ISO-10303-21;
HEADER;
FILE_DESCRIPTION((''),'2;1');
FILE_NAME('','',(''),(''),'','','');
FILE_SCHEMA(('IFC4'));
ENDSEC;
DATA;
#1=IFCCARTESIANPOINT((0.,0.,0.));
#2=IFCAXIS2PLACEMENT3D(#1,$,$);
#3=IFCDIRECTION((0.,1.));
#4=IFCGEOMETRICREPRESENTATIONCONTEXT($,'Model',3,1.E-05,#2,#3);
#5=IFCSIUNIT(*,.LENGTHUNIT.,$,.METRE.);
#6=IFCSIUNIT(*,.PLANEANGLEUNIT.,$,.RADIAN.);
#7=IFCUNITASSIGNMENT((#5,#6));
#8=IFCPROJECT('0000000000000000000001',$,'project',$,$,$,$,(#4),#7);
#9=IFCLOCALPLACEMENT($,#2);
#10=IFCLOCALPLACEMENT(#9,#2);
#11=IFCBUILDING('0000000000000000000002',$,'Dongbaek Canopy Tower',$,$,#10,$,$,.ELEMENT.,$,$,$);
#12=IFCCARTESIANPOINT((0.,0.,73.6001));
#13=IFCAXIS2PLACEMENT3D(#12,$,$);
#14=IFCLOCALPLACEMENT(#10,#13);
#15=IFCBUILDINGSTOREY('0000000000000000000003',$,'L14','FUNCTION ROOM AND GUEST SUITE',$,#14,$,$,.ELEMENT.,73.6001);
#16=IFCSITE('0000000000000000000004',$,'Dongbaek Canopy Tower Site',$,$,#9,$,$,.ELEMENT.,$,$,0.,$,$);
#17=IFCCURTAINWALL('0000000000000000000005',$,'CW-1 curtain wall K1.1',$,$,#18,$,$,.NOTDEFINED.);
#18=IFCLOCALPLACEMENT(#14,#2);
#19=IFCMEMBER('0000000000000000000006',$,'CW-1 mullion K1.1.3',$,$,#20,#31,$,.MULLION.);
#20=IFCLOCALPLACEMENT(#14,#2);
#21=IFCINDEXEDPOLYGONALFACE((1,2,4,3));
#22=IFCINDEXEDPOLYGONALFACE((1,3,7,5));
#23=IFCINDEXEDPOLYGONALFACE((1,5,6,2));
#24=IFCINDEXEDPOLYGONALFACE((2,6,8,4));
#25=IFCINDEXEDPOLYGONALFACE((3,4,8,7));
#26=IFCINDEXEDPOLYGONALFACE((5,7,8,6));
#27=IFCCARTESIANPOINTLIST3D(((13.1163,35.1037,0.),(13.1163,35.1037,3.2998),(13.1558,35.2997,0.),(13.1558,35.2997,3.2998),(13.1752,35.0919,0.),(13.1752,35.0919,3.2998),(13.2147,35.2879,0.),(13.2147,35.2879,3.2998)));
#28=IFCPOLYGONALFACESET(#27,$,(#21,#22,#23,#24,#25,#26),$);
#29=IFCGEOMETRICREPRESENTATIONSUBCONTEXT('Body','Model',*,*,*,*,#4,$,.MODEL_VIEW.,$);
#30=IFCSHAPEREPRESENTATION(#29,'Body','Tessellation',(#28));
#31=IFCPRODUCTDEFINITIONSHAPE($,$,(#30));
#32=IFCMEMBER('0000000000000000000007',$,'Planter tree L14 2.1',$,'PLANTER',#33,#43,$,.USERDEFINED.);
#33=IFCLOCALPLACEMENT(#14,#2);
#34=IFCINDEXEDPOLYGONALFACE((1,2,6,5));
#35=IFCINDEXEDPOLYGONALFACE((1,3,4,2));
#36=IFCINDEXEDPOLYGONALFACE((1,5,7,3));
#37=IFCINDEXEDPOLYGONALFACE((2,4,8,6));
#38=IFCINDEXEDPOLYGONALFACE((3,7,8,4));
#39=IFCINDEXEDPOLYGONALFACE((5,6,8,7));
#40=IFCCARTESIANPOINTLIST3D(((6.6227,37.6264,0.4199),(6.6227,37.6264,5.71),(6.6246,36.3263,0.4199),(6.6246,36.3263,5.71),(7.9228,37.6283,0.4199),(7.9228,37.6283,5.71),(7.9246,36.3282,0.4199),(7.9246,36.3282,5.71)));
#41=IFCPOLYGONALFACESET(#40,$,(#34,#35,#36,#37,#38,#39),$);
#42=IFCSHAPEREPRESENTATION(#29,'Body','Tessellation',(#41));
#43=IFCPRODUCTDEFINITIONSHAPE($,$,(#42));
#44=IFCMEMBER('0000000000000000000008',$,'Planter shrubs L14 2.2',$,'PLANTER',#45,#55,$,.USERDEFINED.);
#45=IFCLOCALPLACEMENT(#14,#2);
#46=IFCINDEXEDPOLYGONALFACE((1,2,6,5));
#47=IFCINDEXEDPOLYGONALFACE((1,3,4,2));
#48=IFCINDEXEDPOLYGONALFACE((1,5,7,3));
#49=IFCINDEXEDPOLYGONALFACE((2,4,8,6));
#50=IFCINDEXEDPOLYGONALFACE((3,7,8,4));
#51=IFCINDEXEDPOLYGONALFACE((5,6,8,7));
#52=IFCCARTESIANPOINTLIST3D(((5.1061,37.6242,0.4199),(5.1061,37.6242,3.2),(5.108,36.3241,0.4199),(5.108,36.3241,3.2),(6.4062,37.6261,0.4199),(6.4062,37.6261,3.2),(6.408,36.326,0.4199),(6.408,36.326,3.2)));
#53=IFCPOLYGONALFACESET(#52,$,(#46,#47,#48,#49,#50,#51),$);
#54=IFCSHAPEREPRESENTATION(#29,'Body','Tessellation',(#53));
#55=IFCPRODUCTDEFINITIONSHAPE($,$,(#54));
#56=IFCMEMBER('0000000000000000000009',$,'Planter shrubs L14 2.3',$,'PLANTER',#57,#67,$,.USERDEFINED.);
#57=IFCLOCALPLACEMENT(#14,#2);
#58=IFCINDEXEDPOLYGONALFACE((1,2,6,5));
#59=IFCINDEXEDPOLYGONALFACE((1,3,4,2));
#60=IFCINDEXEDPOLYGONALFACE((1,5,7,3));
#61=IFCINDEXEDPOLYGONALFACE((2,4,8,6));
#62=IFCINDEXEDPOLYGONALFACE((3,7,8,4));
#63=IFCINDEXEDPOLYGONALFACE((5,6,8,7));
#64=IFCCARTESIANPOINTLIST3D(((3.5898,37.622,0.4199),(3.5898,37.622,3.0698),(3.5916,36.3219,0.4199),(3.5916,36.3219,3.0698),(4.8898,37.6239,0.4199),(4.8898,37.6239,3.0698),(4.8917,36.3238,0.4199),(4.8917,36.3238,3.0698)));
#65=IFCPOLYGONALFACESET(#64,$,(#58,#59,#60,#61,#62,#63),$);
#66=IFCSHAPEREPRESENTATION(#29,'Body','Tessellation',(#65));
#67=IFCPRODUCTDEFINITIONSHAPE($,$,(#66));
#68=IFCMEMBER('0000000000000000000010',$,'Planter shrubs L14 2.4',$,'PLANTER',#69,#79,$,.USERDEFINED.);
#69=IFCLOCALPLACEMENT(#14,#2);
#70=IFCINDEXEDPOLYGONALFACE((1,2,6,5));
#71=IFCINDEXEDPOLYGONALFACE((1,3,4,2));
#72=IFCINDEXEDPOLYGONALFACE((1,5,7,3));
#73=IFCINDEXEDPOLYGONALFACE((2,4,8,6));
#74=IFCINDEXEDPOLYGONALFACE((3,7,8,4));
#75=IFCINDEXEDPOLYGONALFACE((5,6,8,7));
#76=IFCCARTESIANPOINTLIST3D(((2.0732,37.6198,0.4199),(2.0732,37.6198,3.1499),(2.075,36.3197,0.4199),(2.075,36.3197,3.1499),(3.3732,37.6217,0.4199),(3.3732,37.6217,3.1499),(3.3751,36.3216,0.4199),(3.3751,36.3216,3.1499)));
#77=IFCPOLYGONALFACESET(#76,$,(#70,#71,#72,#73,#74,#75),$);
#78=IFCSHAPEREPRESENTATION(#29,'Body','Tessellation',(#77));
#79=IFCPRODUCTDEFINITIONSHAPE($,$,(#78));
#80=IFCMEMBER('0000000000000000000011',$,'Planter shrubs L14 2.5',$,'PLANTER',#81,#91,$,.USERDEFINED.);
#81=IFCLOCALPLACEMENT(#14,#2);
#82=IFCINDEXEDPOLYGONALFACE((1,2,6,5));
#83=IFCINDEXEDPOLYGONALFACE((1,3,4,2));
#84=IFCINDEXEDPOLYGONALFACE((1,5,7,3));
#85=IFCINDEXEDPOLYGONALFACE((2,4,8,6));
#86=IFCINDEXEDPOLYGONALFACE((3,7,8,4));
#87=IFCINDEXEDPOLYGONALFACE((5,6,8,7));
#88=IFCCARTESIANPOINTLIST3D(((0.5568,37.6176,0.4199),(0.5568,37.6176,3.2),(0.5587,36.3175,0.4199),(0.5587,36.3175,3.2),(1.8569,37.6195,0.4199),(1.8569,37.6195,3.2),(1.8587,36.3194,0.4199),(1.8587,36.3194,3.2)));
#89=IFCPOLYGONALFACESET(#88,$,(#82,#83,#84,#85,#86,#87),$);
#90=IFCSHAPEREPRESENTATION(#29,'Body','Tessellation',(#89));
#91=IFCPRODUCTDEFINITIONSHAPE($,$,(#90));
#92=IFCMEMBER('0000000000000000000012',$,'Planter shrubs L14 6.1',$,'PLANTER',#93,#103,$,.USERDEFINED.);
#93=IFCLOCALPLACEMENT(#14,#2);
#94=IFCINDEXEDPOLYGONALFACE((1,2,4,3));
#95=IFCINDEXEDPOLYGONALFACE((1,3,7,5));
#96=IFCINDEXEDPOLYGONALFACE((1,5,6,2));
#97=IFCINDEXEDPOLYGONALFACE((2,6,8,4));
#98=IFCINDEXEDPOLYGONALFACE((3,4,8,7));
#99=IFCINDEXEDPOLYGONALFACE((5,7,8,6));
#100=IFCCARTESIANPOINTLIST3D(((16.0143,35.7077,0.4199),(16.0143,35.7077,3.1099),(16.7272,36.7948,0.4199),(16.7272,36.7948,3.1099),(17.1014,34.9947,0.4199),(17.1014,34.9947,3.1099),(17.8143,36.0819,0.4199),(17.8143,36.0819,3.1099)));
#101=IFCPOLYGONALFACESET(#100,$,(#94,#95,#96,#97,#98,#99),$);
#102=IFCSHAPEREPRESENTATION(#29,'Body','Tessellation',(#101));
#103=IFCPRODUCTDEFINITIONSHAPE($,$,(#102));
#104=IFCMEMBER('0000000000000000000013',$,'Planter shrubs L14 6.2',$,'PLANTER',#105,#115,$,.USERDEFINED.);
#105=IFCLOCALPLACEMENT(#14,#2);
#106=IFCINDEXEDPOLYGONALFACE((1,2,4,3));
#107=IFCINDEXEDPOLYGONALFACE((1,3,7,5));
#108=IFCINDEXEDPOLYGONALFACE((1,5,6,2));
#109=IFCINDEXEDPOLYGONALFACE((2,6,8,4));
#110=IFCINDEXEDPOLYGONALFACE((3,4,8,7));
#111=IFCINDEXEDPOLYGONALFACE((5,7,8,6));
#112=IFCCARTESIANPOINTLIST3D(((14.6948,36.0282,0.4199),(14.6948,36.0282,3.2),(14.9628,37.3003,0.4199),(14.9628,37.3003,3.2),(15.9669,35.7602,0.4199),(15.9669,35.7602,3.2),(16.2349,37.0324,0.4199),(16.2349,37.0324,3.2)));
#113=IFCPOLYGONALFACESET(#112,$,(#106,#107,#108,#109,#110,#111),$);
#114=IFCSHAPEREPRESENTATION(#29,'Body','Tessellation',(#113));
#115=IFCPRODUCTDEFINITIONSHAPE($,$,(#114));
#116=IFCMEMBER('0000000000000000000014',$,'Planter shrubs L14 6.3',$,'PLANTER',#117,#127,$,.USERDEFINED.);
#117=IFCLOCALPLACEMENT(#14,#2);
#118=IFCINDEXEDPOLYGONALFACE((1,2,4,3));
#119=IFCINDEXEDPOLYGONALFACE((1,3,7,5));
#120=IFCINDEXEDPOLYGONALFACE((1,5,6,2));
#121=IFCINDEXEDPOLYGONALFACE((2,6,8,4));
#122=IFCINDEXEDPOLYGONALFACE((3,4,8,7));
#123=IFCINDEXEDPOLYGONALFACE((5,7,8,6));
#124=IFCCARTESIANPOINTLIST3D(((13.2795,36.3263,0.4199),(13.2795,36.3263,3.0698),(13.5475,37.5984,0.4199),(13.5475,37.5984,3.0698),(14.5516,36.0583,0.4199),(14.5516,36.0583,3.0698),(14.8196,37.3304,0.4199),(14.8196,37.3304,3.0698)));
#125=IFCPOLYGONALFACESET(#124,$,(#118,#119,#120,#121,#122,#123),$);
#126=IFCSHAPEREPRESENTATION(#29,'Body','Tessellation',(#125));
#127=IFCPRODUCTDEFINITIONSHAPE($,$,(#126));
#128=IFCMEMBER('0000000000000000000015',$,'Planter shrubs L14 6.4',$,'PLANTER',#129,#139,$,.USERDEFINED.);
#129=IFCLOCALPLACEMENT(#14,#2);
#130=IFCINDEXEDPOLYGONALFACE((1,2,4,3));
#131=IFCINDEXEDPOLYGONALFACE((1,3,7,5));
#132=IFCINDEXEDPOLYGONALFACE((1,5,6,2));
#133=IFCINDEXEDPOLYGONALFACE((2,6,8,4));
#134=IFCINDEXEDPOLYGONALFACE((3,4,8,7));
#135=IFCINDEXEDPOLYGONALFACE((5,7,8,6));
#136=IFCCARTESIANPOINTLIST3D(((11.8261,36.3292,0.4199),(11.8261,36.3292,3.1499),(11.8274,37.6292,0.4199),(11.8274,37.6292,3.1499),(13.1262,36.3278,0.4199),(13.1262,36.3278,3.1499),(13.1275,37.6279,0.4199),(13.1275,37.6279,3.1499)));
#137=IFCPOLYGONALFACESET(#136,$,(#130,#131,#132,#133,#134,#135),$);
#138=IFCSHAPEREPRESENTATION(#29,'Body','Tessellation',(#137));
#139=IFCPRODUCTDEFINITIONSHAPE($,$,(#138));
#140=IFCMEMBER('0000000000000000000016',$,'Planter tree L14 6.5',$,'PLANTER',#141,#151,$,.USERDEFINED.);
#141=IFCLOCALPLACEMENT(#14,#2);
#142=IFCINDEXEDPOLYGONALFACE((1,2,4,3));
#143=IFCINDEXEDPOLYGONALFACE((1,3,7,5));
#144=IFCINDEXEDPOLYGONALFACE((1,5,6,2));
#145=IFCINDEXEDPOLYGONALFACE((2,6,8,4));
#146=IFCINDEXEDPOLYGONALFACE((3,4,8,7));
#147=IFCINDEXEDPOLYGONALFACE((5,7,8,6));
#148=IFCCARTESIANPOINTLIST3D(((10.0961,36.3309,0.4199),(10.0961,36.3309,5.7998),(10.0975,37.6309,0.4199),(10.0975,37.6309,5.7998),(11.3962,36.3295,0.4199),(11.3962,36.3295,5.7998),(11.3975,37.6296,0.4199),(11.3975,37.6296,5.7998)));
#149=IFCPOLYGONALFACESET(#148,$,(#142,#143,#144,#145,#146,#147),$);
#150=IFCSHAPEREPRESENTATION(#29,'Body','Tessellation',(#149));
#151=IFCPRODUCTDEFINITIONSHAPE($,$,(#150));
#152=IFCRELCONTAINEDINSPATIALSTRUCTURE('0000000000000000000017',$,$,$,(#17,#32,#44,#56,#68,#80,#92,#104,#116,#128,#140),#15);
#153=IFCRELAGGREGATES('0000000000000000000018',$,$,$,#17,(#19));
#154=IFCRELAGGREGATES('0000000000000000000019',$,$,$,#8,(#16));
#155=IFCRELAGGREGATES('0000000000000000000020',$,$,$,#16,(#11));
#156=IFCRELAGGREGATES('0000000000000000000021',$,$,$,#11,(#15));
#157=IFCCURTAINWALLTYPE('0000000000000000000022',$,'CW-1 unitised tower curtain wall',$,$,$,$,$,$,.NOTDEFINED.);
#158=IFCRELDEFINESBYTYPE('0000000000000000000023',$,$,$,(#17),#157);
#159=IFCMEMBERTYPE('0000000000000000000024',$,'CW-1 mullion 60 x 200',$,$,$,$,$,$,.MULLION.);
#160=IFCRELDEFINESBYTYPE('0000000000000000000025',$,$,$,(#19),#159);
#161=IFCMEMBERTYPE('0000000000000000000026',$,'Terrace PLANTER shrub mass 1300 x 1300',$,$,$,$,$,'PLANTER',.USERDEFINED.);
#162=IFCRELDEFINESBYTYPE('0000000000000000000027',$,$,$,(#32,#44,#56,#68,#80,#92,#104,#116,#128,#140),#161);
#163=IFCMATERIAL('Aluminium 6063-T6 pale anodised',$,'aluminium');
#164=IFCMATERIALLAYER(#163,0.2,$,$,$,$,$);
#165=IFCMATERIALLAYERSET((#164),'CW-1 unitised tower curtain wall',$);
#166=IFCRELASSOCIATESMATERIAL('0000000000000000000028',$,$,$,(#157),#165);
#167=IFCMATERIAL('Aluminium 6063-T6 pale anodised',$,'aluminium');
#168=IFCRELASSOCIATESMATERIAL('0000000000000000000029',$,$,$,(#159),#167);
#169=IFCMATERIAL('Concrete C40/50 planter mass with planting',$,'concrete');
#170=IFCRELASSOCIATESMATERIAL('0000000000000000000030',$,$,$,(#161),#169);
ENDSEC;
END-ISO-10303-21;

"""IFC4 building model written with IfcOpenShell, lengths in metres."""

from ifc_helpers import new_model, si_unit, direction, frame, origin, origin_2d, place, context, subcontext, project, spatial, rectangle, extrude, material, layer, layer_set, material_profile, profile_set, type_object, element, aggregate, save


model = new_model("IFC4")

# Units and contexts
model_context = context("Model", 3, precision=1e-05, world=origin(), true_north=direction((0.0, 1.0)))
body_context = subcontext(model_context, "Body", "Model", "MODEL_VIEW")
ifc_project = project(units=[si_unit("LENGTHUNIT", "METRE"), si_unit("PLANEANGLEUNIT", "RADIAN")], contexts=[model_context])

# Site, building, storey
site_placement = place(None, origin())
site = spatial("IfcSite", under=ifc_project, at=site_placement, Name="Dongbaek Canopy Tower Site", CompositionType="ELEMENT", RefElevation=0.0)
building_placement = place(site_placement, origin())
building = spatial("IfcBuilding", under=site, at=building_placement, Name="Dongbaek Canopy Tower", CompositionType="ELEMENT")
storey_placement = place(building_placement, frame((0.0, 0.0, 73.6001)))
storey = spatial("IfcBuildingStorey", under=building, at=storey_placement, Name="L14", Description="FUNCTION ROOM AND GUEST SUITE", CompositionType="ELEMENT", Elevation=73.6001)

# Curtain wall, member
ifc_material_1 = material(Name="Aluminium 6063-T6 pale anodised", Category="aluminium")
ifc_layer_1 = layer(ifc_material_1, 0.2)
ifc_layer_set_1 = layer_set([ifc_layer_1], Name="CW-1 unitised tower curtain wall")
curtain_wall_type = type_object("IfcCurtainWallType", Name="CW-1 unitised tower curtain wall", PredefinedType="NOTDEFINED", material=ifc_layer_set_1)
curtain_wall_placement = place(storey_placement, origin())
curtain_wall = element("IfcCurtainWall", 1, at=curtain_wall_placement, inside=storey, type_object=curtain_wall_type, Name="CW-1 curtain wall K1.1", PredefinedType="NOTDEFINED")
ifc_material_2 = material(Name="Aluminium 6063-T6 pale anodised", Category="aluminium")
ifc_material_profile_1 = material_profile(ifc_material_2, rectangle(XDim=0.2, YDim=0.0601, at=origin_2d()), Name="CW-1 mullion 60 x 200")
ifc_profile_set_1 = profile_set([ifc_material_profile_1], Name="Aluminium 6063-T6 pale anodised")
member_type_1 = type_object("IfcMemberType", Name="CW-1 mullion 60 x 200", PredefinedType="MULLION", material=ifc_profile_set_1)
member_1_placement = place(storey_placement, frame((13.1655, 35.1958, 0.0), z_axis=(0.0, 0.0, 1.0), x_axis=(0.197555, 0.980292, 0.0)))
member_1 = element("IfcMember", 2, at=member_1_placement, type_object=member_type_1, Name="CW-1 mullion K1.1.3", PredefinedType="MULLION", context=body_context, shape_type="SweptSolid", body=[
    extrude(rectangle(XDim=0.2, YDim=0.0601, at=origin_2d()), origin(), (0.0, 0.0, 1.0), 3.2998),
])
aggregate(curtain_wall, [member_1])

# Members
ifc_material_3 = material(Name="Concrete C40/50 planter mass with planting", Category="concrete")
ifc_material_profile_2 = material_profile(ifc_material_3, rectangle(XDim=1.3, YDim=1.3, at=origin_2d()), Name="Terrace PLANTER shrub mass 1300 x 1300")
ifc_profile_set_2 = profile_set([ifc_material_profile_2], Name="Concrete C40/50 planter mass with planting")
member_type_2 = type_object("IfcMemberType", Name="Terrace PLANTER shrub mass 1300 x 1300", ElementType="PLANTER", PredefinedType="USERDEFINED", material=ifc_profile_set_2)
member_2_placement = place(storey_placement, frame((7.2737, 36.9773, 0.4199), z_axis=(0.0, 0.0, 1.0), x_axis=(-0.001434, 0.999999, 0.0)))
element("IfcMember", 3, at=member_2_placement, inside=storey, type_object=member_type_2, Name="Planter tree L14 2.1", ObjectType="PLANTER", PredefinedType="USERDEFINED", context=body_context, shape_type="SweptSolid", body=[
    extrude(rectangle(XDim=1.3, YDim=1.3, at=origin_2d()), origin(), (0.0, 0.0, 1.0), 5.29),
])
member_3_placement = place(storey_placement, frame((5.7571, 36.9751, 0.4199), z_axis=(0.0, 0.0, 1.0), x_axis=(-0.001434, 0.999999, 0.0)))
element("IfcMember", 4, at=member_3_placement, inside=storey, type_object=member_type_2, Name="Planter shrubs L14 2.2", ObjectType="PLANTER", PredefinedType="USERDEFINED", context=body_context, shape_type="SweptSolid", body=[
    extrude(rectangle(XDim=1.3, YDim=1.3, at=origin_2d()), origin(), (0.0, 0.0, 1.0), 2.78),
])
member_4_placement = place(storey_placement, frame((4.2407, 36.9729, 0.4199), z_axis=(0.0, 0.0, 1.0), x_axis=(-0.001434, 0.999999, 0.0)))
element("IfcMember", 5, at=member_4_placement, inside=storey, type_object=member_type_2, Name="Planter shrubs L14 2.3", ObjectType="PLANTER", PredefinedType="USERDEFINED", context=body_context, shape_type="SweptSolid", body=[
    extrude(rectangle(XDim=1.3, YDim=1.3, at=origin_2d()), origin(), (0.0, 0.0, 1.0), 2.6499),
])
member_5_placement = place(storey_placement, frame((2.7241, 36.9707, 0.4199), z_axis=(0.0, 0.0, 1.0), x_axis=(-0.001434, 0.999999, 0.0)))
element("IfcMember", 6, at=member_5_placement, inside=storey, type_object=member_type_2, Name="Planter shrubs L14 2.4", ObjectType="PLANTER", PredefinedType="USERDEFINED", context=body_context, shape_type="SweptSolid", body=[
    extrude(rectangle(XDim=1.3, YDim=1.3, at=origin_2d()), origin(), (0.0, 0.0, 1.0), 2.73),
])
member_6_placement = place(storey_placement, frame((1.2078, 36.9685, 0.4199), z_axis=(0.0, 0.0, 1.0), x_axis=(-0.001434, 0.999999, 0.0)))
element("IfcMember", 7, at=member_6_placement, inside=storey, type_object=member_type_2, Name="Planter shrubs L14 2.5", ObjectType="PLANTER", PredefinedType="USERDEFINED", context=body_context, shape_type="SweptSolid", body=[
    extrude(rectangle(XDim=1.3, YDim=1.3, at=origin_2d()), origin(), (0.0, 0.0, 1.0), 2.78),
])
member_7_placement = place(storey_placement, frame((16.9143, 35.8948, 0.4199), z_axis=(0.0, 0.0, 1.0), x_axis=(0.548369, 0.836236, 0.0)))
element("IfcMember", 8, at=member_7_placement, inside=storey, type_object=member_type_2, Name="Planter shrubs L14 6.1", ObjectType="PLANTER", PredefinedType="USERDEFINED", context=body_context, shape_type="SweptSolid", body=[
    extrude(rectangle(XDim=1.3, YDim=1.3, at=origin_2d()), origin(), (0.0, 0.0, 1.0), 2.6899),
])
member_8_placement = place(storey_placement, frame((15.4648, 36.5303, 0.4199), z_axis=(0.0, 0.0, 1.0), x_axis=(0.206128, 0.978525, 0.0)))
element("IfcMember", 9, at=member_8_placement, inside=storey, type_object=member_type_2, Name="Planter shrubs L14 6.2", ObjectType="PLANTER", PredefinedType="USERDEFINED", context=body_context, shape_type="SweptSolid", body=[
    extrude(rectangle(XDim=1.3, YDim=1.3, at=origin_2d()), origin(), (0.0, 0.0, 1.0), 2.78),
])
member_9_placement = place(storey_placement, frame((14.0496, 36.8284, 0.4199), z_axis=(0.0, 0.0, 1.0), x_axis=(0.206128, 0.978525, 0.0)))
element("IfcMember", 10, at=member_9_placement, inside=storey, type_object=member_type_2, Name="Planter shrubs L14 6.3", ObjectType="PLANTER", PredefinedType="USERDEFINED", context=body_context, shape_type="SweptSolid", body=[
    extrude(rectangle(XDim=1.3, YDim=1.3, at=origin_2d()), origin(), (0.0, 0.0, 1.0), 2.6499),
])
member_10_placement = place(storey_placement, frame((12.4768, 36.9785, 0.4199), z_axis=(0.0, 0.0, 1.0), x_axis=(0.001013, 0.999999, 0.0)))
element("IfcMember", 11, at=member_10_placement, inside=storey, type_object=member_type_2, Name="Planter shrubs L14 6.4", ObjectType="PLANTER", PredefinedType="USERDEFINED", context=body_context, shape_type="SweptSolid", body=[
    extrude(rectangle(XDim=1.3, YDim=1.3, at=origin_2d()), origin(), (0.0, 0.0, 1.0), 2.73),
])
member_11_placement = place(storey_placement, frame((10.7468, 36.9802, 0.4199), z_axis=(0.0, 0.0, 1.0), x_axis=(0.001013, 0.999999, 0.0)))
element("IfcMember", 12, at=member_11_placement, inside=storey, type_object=member_type_2, Name="Planter tree L14 6.5", ObjectType="PLANTER", PredefinedType="USERDEFINED", context=body_context, shape_type="SweptSolid", body=[
    extrude(rectangle(XDim=1.3, YDim=1.3, at=origin_2d()), origin(), (0.0, 0.0, 1.0), 5.3799),
])

save(model, "model.ifc")
